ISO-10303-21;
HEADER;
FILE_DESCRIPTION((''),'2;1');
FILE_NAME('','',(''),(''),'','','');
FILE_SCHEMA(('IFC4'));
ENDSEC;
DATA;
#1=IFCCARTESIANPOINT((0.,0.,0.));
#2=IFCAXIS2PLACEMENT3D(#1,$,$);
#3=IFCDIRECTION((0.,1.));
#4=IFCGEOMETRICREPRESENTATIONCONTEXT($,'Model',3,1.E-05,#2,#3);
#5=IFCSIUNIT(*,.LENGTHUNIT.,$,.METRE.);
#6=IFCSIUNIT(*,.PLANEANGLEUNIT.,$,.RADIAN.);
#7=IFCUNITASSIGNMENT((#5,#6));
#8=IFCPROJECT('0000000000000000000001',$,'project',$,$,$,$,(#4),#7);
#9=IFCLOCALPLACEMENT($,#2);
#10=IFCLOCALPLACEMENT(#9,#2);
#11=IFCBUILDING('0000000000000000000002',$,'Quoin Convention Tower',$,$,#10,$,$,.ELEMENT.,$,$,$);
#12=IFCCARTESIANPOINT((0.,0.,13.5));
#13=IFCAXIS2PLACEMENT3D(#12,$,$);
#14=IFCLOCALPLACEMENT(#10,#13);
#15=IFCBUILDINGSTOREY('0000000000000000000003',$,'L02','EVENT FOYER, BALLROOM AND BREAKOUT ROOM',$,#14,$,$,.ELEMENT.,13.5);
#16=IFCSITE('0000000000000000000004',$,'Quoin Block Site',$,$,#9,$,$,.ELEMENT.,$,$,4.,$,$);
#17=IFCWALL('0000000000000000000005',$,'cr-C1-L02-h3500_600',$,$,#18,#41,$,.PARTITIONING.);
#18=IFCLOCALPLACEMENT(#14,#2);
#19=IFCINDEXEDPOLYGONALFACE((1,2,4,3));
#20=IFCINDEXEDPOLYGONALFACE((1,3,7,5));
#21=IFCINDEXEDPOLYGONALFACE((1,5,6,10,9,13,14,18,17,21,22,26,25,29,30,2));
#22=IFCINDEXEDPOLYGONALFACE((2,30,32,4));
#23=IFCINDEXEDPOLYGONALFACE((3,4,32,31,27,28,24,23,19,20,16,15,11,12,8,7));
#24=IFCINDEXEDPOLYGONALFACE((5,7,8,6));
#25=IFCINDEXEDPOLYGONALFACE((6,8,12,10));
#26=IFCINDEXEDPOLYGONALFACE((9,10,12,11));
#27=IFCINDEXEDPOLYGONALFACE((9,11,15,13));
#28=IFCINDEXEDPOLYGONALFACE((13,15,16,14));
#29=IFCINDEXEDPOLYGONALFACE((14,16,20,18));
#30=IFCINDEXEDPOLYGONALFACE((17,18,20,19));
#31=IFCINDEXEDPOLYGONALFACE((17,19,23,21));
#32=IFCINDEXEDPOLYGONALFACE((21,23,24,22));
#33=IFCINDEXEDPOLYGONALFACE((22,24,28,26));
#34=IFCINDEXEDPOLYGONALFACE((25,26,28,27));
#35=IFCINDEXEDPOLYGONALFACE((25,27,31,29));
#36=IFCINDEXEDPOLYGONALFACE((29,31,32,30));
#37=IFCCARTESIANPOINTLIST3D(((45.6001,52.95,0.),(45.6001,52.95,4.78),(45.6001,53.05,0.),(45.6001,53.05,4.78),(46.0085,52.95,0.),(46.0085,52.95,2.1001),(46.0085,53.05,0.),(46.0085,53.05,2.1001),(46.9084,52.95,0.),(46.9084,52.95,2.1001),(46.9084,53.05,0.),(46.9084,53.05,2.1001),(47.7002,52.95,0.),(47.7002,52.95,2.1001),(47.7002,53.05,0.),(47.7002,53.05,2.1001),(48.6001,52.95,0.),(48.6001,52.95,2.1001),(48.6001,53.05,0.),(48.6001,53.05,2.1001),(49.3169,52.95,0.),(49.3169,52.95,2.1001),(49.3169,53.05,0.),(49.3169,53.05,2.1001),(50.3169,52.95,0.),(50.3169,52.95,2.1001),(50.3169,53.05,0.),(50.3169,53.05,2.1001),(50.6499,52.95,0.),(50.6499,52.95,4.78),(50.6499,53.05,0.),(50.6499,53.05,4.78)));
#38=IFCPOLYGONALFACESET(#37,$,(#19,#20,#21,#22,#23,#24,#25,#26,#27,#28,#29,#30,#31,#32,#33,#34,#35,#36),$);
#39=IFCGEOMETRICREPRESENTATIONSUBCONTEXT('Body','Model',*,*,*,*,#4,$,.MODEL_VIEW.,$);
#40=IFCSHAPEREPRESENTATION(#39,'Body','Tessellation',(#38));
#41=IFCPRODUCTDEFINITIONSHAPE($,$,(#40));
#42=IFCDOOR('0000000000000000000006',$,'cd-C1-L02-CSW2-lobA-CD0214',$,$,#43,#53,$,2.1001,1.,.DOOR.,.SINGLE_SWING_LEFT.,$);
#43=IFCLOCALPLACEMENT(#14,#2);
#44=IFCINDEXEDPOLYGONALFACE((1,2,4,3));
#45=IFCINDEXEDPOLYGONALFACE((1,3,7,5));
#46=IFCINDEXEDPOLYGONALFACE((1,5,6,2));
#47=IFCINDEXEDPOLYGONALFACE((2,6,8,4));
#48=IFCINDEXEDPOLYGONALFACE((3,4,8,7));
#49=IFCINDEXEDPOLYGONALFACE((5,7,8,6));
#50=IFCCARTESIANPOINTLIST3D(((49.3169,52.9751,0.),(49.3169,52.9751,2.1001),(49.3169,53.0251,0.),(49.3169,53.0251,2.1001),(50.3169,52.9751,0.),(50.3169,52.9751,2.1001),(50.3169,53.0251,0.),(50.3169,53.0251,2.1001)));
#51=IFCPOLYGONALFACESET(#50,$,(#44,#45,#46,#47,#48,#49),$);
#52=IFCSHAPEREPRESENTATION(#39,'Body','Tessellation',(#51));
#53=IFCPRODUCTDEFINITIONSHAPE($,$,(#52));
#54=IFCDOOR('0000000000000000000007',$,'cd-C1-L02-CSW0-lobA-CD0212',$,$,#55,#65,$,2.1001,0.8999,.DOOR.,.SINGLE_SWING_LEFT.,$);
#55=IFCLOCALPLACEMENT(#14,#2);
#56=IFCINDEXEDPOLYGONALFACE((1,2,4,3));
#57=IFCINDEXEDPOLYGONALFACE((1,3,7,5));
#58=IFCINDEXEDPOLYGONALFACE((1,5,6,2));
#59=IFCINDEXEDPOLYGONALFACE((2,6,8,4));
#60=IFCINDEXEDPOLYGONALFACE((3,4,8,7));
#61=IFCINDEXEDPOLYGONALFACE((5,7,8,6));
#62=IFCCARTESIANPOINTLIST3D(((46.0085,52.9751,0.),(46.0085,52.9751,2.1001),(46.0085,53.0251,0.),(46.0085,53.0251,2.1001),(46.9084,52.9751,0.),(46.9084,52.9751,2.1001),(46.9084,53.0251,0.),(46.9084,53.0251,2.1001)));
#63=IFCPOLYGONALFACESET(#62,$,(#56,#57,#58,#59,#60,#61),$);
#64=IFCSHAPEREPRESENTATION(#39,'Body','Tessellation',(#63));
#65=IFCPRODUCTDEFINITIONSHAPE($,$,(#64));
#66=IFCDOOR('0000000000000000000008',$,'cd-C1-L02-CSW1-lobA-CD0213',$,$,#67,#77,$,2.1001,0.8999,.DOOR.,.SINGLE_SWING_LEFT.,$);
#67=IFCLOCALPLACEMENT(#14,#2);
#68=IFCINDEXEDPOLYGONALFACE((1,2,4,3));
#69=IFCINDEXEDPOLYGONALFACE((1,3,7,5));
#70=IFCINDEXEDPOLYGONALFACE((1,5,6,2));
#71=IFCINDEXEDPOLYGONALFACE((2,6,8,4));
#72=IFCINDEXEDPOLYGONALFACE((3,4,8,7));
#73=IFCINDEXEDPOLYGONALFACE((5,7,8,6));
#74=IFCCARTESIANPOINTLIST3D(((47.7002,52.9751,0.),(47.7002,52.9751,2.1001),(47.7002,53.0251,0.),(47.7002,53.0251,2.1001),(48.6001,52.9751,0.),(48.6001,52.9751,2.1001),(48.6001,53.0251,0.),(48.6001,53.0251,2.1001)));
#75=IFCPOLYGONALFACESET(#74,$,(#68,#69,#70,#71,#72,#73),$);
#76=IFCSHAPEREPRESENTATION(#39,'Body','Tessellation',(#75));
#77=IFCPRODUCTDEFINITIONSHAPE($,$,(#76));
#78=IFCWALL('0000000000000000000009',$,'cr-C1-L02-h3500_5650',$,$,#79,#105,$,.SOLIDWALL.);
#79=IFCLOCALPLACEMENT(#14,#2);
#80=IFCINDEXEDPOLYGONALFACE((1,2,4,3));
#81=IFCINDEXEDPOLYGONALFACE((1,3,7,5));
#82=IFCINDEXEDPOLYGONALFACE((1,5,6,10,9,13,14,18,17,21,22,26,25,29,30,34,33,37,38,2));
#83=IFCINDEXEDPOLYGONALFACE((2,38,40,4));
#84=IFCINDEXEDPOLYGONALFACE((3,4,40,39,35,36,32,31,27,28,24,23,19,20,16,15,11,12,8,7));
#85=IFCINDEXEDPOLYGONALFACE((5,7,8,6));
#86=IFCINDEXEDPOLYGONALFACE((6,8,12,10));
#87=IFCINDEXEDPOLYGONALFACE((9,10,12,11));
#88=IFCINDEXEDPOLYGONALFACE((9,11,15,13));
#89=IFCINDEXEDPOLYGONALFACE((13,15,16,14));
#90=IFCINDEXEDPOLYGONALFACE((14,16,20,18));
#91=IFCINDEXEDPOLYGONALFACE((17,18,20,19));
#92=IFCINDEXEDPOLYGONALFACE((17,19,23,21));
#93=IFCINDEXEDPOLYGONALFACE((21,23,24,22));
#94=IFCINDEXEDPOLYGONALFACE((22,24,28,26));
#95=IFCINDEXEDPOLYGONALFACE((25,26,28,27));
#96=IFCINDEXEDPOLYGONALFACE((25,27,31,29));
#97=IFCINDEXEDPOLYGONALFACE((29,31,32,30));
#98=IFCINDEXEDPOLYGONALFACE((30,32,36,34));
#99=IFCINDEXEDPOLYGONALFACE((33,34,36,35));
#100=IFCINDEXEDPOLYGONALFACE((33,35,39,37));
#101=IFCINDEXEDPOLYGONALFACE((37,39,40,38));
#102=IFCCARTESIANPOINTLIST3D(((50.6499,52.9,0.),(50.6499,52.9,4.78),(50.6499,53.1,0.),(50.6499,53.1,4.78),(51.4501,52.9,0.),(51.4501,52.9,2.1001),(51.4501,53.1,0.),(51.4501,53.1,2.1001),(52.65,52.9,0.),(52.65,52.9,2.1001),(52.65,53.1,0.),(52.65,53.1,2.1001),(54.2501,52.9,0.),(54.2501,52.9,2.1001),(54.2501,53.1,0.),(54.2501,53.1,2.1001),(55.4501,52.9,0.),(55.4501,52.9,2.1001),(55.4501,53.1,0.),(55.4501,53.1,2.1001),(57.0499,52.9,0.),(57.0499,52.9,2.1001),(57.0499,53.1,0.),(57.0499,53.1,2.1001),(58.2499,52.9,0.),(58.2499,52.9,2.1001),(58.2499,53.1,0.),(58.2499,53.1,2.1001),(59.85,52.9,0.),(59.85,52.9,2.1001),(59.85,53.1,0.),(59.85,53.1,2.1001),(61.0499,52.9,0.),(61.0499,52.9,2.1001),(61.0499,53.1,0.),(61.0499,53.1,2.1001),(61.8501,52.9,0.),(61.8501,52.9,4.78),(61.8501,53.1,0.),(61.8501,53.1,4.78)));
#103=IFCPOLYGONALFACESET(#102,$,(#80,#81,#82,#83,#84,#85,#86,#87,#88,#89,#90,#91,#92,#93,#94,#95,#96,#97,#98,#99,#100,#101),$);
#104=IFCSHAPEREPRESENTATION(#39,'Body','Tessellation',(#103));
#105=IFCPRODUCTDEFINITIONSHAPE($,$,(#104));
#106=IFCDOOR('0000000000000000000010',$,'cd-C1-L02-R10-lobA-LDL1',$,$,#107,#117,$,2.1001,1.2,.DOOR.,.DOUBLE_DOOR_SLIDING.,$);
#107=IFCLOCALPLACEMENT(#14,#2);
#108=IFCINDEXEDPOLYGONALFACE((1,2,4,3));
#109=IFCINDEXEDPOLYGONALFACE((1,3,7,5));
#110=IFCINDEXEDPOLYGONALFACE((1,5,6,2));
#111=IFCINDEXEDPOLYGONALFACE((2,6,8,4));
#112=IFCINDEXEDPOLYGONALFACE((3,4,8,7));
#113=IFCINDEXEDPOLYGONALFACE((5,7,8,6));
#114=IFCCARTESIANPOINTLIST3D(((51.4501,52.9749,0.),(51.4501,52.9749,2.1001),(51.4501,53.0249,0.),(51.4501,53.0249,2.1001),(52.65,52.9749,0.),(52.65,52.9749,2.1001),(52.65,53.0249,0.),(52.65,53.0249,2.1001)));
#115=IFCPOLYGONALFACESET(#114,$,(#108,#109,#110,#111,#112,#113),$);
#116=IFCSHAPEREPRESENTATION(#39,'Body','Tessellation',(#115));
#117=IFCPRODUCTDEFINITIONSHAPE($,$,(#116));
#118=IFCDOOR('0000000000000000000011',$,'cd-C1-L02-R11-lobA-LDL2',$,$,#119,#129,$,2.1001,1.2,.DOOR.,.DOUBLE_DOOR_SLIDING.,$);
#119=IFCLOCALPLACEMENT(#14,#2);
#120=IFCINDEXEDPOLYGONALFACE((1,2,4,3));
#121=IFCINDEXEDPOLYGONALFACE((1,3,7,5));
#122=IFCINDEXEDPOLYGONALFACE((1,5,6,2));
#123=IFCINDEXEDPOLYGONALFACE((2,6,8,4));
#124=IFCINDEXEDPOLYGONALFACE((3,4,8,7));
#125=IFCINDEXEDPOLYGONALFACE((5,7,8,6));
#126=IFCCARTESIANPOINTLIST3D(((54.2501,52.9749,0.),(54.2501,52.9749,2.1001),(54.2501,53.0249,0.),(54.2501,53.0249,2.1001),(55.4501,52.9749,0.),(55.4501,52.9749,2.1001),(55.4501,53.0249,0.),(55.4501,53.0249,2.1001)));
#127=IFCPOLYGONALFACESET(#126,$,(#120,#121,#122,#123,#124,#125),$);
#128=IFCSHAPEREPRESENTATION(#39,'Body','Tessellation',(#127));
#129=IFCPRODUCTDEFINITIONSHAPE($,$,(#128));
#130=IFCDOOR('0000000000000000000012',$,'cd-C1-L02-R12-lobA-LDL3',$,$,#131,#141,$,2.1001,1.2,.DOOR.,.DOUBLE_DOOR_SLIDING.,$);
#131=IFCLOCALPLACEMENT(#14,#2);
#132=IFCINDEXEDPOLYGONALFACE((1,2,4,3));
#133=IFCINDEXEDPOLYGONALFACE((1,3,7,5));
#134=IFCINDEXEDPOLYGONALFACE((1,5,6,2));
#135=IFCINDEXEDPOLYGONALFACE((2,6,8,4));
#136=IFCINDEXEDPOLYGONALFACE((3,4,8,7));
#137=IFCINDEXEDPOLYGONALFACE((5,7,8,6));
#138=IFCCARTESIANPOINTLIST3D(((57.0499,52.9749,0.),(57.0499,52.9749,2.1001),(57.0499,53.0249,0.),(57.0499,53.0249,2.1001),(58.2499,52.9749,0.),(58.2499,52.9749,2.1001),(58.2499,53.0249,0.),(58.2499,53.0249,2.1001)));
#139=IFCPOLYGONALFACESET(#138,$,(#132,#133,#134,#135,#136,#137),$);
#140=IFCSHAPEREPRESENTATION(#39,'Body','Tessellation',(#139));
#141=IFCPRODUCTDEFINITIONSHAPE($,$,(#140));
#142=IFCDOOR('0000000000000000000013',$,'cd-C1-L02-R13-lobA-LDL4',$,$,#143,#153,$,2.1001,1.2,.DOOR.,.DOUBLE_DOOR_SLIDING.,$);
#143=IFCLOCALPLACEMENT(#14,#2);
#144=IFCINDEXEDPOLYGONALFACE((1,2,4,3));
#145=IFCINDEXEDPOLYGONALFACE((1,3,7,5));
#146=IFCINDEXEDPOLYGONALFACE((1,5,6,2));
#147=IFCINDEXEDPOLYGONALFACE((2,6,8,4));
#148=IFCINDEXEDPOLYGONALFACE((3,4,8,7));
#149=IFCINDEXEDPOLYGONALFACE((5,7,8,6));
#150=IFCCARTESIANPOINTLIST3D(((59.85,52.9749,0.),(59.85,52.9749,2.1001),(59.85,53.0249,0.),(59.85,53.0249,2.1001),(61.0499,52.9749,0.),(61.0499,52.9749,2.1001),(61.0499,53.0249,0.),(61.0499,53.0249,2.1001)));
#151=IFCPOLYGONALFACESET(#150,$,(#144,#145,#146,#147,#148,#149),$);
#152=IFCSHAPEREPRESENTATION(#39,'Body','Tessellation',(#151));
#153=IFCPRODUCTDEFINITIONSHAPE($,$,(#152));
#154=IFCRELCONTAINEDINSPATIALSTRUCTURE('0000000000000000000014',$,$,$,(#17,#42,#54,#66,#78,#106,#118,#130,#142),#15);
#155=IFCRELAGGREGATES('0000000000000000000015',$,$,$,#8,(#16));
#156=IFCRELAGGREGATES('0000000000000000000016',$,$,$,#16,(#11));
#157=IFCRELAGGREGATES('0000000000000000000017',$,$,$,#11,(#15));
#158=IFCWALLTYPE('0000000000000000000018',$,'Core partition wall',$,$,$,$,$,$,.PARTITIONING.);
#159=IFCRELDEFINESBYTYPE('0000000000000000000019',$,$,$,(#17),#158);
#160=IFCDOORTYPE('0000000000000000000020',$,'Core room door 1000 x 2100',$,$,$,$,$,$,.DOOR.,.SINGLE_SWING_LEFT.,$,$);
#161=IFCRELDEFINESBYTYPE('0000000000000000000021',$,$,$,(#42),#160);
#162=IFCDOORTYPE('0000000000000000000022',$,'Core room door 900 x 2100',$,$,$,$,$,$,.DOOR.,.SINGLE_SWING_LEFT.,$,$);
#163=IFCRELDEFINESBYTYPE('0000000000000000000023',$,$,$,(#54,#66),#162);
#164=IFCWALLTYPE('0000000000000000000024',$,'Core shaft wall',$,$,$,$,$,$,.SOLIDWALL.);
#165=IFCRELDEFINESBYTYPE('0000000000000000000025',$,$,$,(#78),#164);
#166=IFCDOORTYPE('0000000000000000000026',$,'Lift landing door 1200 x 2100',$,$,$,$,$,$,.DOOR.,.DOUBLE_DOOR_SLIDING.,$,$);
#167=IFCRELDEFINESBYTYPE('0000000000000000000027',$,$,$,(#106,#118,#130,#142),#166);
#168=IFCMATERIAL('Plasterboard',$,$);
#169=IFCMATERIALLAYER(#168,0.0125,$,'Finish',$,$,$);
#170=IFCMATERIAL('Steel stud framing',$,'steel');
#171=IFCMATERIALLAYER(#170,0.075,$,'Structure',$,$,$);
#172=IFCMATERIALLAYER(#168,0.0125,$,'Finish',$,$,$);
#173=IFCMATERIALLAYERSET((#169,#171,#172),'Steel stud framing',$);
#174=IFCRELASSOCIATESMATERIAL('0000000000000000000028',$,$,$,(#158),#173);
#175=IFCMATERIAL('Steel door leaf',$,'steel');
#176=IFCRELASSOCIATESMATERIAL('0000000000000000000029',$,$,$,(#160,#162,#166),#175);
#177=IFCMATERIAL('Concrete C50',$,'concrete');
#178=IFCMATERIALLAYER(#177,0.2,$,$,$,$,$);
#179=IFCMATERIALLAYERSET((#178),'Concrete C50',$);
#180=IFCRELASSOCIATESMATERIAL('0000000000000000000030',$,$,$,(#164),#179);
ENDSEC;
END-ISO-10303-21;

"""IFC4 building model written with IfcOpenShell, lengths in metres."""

from ifc_helpers import new_model, si_unit, direction, frame, frame_2d, origin, place, context, subcontext, project, spatial, rectangle, extrude, material, layer, layer_set, type_object, element, fill, save


model = new_model("IFC4")

# Units and contexts
model_context = context("Model", 3, precision=1e-05, world=origin(), true_north=direction((0.0, 1.0)))
body_context = subcontext(model_context, "Body", "Model", "MODEL_VIEW")
ifc_project = project(units=[si_unit("LENGTHUNIT", "METRE"), si_unit("PLANEANGLEUNIT", "RADIAN")], contexts=[model_context])

# Site, building, storey
site_placement = place(None, origin())
site = spatial("IfcSite", under=ifc_project, at=site_placement, Name="Quoin Block Site", CompositionType="ELEMENT", RefElevation=4.0)
building_placement = place(site_placement, origin())
building = spatial("IfcBuilding", under=site, at=building_placement, Name="Quoin Convention Tower", CompositionType="ELEMENT")
storey_placement = place(building_placement, frame((0.0, 0.0, 13.5)))
storey = spatial("IfcBuildingStorey", under=building, at=storey_placement, Name="L02", Description="EVENT FOYER, BALLROOM AND BREAKOUT ROOM", CompositionType="ELEMENT", Elevation=13.5)

# Walls, openings, doors
ifc_material_1 = material(Name="Plasterboard")
ifc_layer_1 = layer(ifc_material_1, 0.0125, Name="Finish")
ifc_material_2 = material(Name="Steel stud framing", Category="steel")
ifc_layer_2 = layer(ifc_material_2, 0.075, Name="Structure")
ifc_layer_3 = layer(ifc_material_1, 0.0125, Name="Finish")
ifc_layer_set_1 = layer_set([ifc_layer_1, ifc_layer_2, ifc_layer_3], Name="Steel stud framing")
wall_type_1 = type_object("IfcWallType", Name="Core partition wall", PredefinedType="PARTITIONING", material=ifc_layer_set_1)
wall_1_placement = place(storey_placement, frame((45.6001, 53.0, 0.0), z_axis=(0.0, 0.0, 1.0), x_axis=(1.0, 0.0, 0.0)))
wall_1 = element("IfcWall", 1, at=wall_1_placement, inside=storey, type_object=wall_type_1, Name="cr-C1-L02-h3500_600", PredefinedType="PARTITIONING", context=body_context, shape_type="SweptSolid", body=[
    extrude(rectangle(XDim=5.0498, YDim=0.1001, at=frame_2d((2.5249, 0.0))), origin(), (0.0, 0.0, 1.0), 4.78),
])
opening_1_placement = place(wall_1_placement, frame((0.4084, 0.0, 0.0)))
opening_1 = element("IfcOpeningElement", 2, at=opening_1_placement, cuts=wall_1, PredefinedType="OPENING", context=body_context, shape_type="SweptSolid", body=[
    extrude(rectangle(XDim=0.8999, YDim=2.1001, at=frame_2d((0.45, 1.05))), frame((0.0, 0.0601, 0.0), z_axis=(0.0, -1.0, 0.0), x_axis=(1.0, 0.0, 0.0)), (0.0, 0.0, 1.0), 0.1201),
])
opening_2_placement = place(wall_1_placement, frame((2.1001, 0.0, 0.0)))
opening_2 = element("IfcOpeningElement", 3, at=opening_2_placement, cuts=wall_1, PredefinedType="OPENING", context=body_context, shape_type="SweptSolid", body=[
    extrude(rectangle(XDim=0.8999, YDim=2.1001, at=frame_2d((0.45, 1.05))), frame((0.0, 0.0601, 0.0), z_axis=(0.0, -1.0, 0.0), x_axis=(1.0, 0.0, 0.0)), (0.0, 0.0, 1.0), 0.1201),
])
opening_3_placement = place(wall_1_placement, frame((3.7168, 0.0, 0.0)))
opening_3 = element("IfcOpeningElement", 4, at=opening_3_placement, cuts=wall_1, PredefinedType="OPENING", context=body_context, shape_type="SweptSolid", body=[
    extrude(rectangle(XDim=1.0, YDim=2.1001, at=frame_2d((0.5, 1.05))), frame((0.0, 0.0601, 0.0), z_axis=(0.0, -1.0, 0.0), x_axis=(1.0, 0.0, 0.0)), (0.0, 0.0, 1.0), 0.1201),
])
ifc_material_3 = material(Name="Steel door leaf", Category="steel")
door_type_1 = type_object("IfcDoorType", Name="Core room door 1000 x 2100", OperationType="SINGLE_SWING_LEFT", PredefinedType="DOOR", material=ifc_material_3)
door_1_placement = place(opening_3_placement, frame((1.0, 0.0, 0.0), z_axis=(0.0, 0.0, 1.0), x_axis=(-1.0, 0.0, 0.0)))
door_1 = element("IfcDoor", 5, at=door_1_placement, inside=storey, type_object=door_type_1, Name="cd-C1-L02-CSW2-lobA-CD0214", OperationType="SINGLE_SWING_LEFT", OverallHeight=2.1001, OverallWidth=1.0, PredefinedType="DOOR", context=body_context, shape_type="SweptSolid", body=[
    extrude(rectangle(XDim=1.0, YDim=2.1001, at=frame_2d((0.5, 1.05))), frame((0.0, 0.0249, 0.0), z_axis=(0.0, -1.0, 0.0), x_axis=(1.0, 0.0, 0.0)), (0.0, 0.0, 1.0), 0.05),
])
fill(opening_3, door_1)
door_type_2 = type_object("IfcDoorType", Name="Core room door 900 x 2100", OperationType="SINGLE_SWING_LEFT", PredefinedType="DOOR", material=ifc_material_3)
door_2_placement = place(opening_1_placement, frame((0.8999, 0.0, 0.0), z_axis=(0.0, 0.0, 1.0), x_axis=(-1.0, 0.0, 0.0)))
door_2 = element("IfcDoor", 6, at=door_2_placement, inside=storey, type_object=door_type_2, Name="cd-C1-L02-CSW0-lobA-CD0212", OperationType="SINGLE_SWING_LEFT", OverallHeight=2.1001, OverallWidth=0.8999, PredefinedType="DOOR", context=body_context, shape_type="SweptSolid", body=[
    extrude(rectangle(XDim=0.8999, YDim=2.1001, at=frame_2d((0.45, 1.05))), frame((0.0, 0.0249, 0.0), z_axis=(0.0, -1.0, 0.0), x_axis=(1.0, 0.0, 0.0)), (0.0, 0.0, 1.0), 0.05),
])
fill(opening_1, door_2)
door_3_placement = place(opening_2_placement, frame((0.8999, 0.0, 0.0), z_axis=(0.0, 0.0, 1.0), x_axis=(-1.0, 0.0, 0.0)))
door_3 = element("IfcDoor", 7, at=door_3_placement, inside=storey, type_object=door_type_2, Name="cd-C1-L02-CSW1-lobA-CD0213", OperationType="SINGLE_SWING_LEFT", OverallHeight=2.1001, OverallWidth=0.8999, PredefinedType="DOOR", context=body_context, shape_type="SweptSolid", body=[
    extrude(rectangle(XDim=0.8999, YDim=2.1001, at=frame_2d((0.45, 1.05))), frame((0.0, 0.0249, 0.0), z_axis=(0.0, -1.0, 0.0), x_axis=(1.0, 0.0, 0.0)), (0.0, 0.0, 1.0), 0.05),
])
fill(opening_2, door_3)
ifc_material_4 = material(Name="Concrete C50", Category="concrete")
ifc_layer_4 = layer(ifc_material_4, 0.2)
ifc_layer_set_2 = layer_set([ifc_layer_4], Name="Concrete C50")
wall_type_2 = type_object("IfcWallType", Name="Core shaft wall", PredefinedType="SOLIDWALL", material=ifc_layer_set_2)
wall_2_placement = place(storey_placement, frame((50.6499, 53.0, 0.0), z_axis=(0.0, 0.0, 1.0), x_axis=(1.0, 0.0, 0.0)))
wall_2 = element("IfcWall", 8, at=wall_2_placement, inside=storey, type_object=wall_type_2, Name="cr-C1-L02-h3500_5650", PredefinedType="SOLIDWALL", context=body_context, shape_type="SweptSolid", body=[
    extrude(rectangle(XDim=11.2002, YDim=0.2, at=frame_2d((5.6001, 0.0))), origin(), (0.0, 0.0, 1.0), 4.78),
])
opening_4_placement = place(wall_2_placement, frame((0.8, 0.0, 0.0)))
opening_4 = element("IfcOpeningElement", 9, at=opening_4_placement, cuts=wall_2, PredefinedType="OPENING", context=body_context, shape_type="SweptSolid", body=[
    extrude(rectangle(XDim=1.2, YDim=2.1001, at=frame_2d((0.6001, 1.05))), frame((0.0, 0.1099, 0.0), z_axis=(0.0, -1.0, 0.0), x_axis=(1.0, 0.0, 0.0)), (0.0, 0.0, 1.0), 0.22),
])
opening_5_placement = place(wall_2_placement, frame((3.6001, 0.0, 0.0)))
opening_5 = element("IfcOpeningElement", 10, at=opening_5_placement, cuts=wall_2, PredefinedType="OPENING", context=body_context, shape_type="SweptSolid", body=[
    extrude(rectangle(XDim=1.2, YDim=2.1001, at=frame_2d((0.6001, 1.05))), frame((0.0, 0.1099, 0.0), z_axis=(0.0, -1.0, 0.0), x_axis=(1.0, 0.0, 0.0)), (0.0, 0.0, 1.0), 0.22),
])
opening_6_placement = place(wall_2_placement, frame((6.3999, 0.0, 0.0)))
opening_6 = element("IfcOpeningElement", 11, at=opening_6_placement, cuts=wall_2, PredefinedType="OPENING", context=body_context, shape_type="SweptSolid", body=[
    extrude(rectangle(XDim=1.2, YDim=2.1001, at=frame_2d((0.6001, 1.05))), frame((0.0, 0.1099, 0.0), z_axis=(0.0, -1.0, 0.0), x_axis=(1.0, 0.0, 0.0)), (0.0, 0.0, 1.0), 0.22),
])
opening_7_placement = place(wall_2_placement, frame((9.2, 0.0, 0.0)))
opening_7 = element("IfcOpeningElement", 12, at=opening_7_placement, cuts=wall_2, PredefinedType="OPENING", context=body_context, shape_type="SweptSolid", body=[
    extrude(rectangle(XDim=1.2, YDim=2.1001, at=frame_2d((0.6001, 1.05))), frame((0.0, 0.1099, 0.0), z_axis=(0.0, -1.0, 0.0), x_axis=(1.0, 0.0, 0.0)), (0.0, 0.0, 1.0), 0.22),
])
door_type_3 = type_object("IfcDoorType", Name="Lift landing door 1200 x 2100", OperationType="DOUBLE_DOOR_SLIDING", PredefinedType="DOOR", material=ifc_material_3)
door_4_placement = place(opening_4_placement, origin())
door_4 = element("IfcDoor", 13, at=door_4_placement, inside=storey, type_object=door_type_3, Name="cd-C1-L02-R10-lobA-LDL1", OperationType="DOUBLE_DOOR_SLIDING", OverallHeight=2.1001, OverallWidth=1.2, PredefinedType="DOOR", context=body_context, shape_type="SweptSolid", body=[
    extrude(rectangle(XDim=1.2, YDim=2.1001, at=frame_2d((0.6001, 1.05))), frame((0.0, 0.0249, 0.0), z_axis=(0.0, -1.0, 0.0), x_axis=(1.0, 0.0, 0.0)), (0.0, 0.0, 1.0), 0.05),
])
fill(opening_4, door_4)
door_5_placement = place(opening_5_placement, origin())
door_5 = element("IfcDoor", 14, at=door_5_placement, inside=storey, type_object=door_type_3, Name="cd-C1-L02-R11-lobA-LDL2", OperationType="DOUBLE_DOOR_SLIDING", OverallHeight=2.1001, OverallWidth=1.2, PredefinedType="DOOR", context=body_context, shape_type="SweptSolid", body=[
    extrude(rectangle(XDim=1.2, YDim=2.1001, at=frame_2d((0.6001, 1.05))), frame((0.0, 0.0249, 0.0), z_axis=(0.0, -1.0, 0.0), x_axis=(1.0, 0.0, 0.0)), (0.0, 0.0, 1.0), 0.05),
])
fill(opening_5, door_5)
door_6_placement = place(opening_6_placement, origin())
door_6 = element("IfcDoor", 15, at=door_6_placement, inside=storey, type_object=door_type_3, Name="cd-C1-L02-R12-lobA-LDL3", OperationType="DOUBLE_DOOR_SLIDING", OverallHeight=2.1001, OverallWidth=1.2, PredefinedType="DOOR", context=body_context, shape_type="SweptSolid", body=[
    extrude(rectangle(XDim=1.2, YDim=2.1001, at=frame_2d((0.6001, 1.05))), frame((0.0, 0.0249, 0.0), z_axis=(0.0, -1.0, 0.0), x_axis=(1.0, 0.0, 0.0)), (0.0, 0.0, 1.0), 0.05),
])
fill(opening_6, door_6)
door_7_placement = place(opening_7_placement, origin())
door_7 = element("IfcDoor", 16, at=door_7_placement, inside=storey, type_object=door_type_3, Name="cd-C1-L02-R13-lobA-LDL4", OperationType="DOUBLE_DOOR_SLIDING", OverallHeight=2.1001, OverallWidth=1.2, PredefinedType="DOOR", context=body_context, shape_type="SweptSolid", body=[
    extrude(rectangle(XDim=1.2, YDim=2.1001, at=frame_2d((0.6001, 1.05))), frame((0.0, 0.0249, 0.0), z_axis=(0.0, -1.0, 0.0), x_axis=(1.0, 0.0, 0.0)), (0.0, 0.0, 1.0), 0.05),
])
fill(opening_7, door_7)

save(model, "model.ifc")
